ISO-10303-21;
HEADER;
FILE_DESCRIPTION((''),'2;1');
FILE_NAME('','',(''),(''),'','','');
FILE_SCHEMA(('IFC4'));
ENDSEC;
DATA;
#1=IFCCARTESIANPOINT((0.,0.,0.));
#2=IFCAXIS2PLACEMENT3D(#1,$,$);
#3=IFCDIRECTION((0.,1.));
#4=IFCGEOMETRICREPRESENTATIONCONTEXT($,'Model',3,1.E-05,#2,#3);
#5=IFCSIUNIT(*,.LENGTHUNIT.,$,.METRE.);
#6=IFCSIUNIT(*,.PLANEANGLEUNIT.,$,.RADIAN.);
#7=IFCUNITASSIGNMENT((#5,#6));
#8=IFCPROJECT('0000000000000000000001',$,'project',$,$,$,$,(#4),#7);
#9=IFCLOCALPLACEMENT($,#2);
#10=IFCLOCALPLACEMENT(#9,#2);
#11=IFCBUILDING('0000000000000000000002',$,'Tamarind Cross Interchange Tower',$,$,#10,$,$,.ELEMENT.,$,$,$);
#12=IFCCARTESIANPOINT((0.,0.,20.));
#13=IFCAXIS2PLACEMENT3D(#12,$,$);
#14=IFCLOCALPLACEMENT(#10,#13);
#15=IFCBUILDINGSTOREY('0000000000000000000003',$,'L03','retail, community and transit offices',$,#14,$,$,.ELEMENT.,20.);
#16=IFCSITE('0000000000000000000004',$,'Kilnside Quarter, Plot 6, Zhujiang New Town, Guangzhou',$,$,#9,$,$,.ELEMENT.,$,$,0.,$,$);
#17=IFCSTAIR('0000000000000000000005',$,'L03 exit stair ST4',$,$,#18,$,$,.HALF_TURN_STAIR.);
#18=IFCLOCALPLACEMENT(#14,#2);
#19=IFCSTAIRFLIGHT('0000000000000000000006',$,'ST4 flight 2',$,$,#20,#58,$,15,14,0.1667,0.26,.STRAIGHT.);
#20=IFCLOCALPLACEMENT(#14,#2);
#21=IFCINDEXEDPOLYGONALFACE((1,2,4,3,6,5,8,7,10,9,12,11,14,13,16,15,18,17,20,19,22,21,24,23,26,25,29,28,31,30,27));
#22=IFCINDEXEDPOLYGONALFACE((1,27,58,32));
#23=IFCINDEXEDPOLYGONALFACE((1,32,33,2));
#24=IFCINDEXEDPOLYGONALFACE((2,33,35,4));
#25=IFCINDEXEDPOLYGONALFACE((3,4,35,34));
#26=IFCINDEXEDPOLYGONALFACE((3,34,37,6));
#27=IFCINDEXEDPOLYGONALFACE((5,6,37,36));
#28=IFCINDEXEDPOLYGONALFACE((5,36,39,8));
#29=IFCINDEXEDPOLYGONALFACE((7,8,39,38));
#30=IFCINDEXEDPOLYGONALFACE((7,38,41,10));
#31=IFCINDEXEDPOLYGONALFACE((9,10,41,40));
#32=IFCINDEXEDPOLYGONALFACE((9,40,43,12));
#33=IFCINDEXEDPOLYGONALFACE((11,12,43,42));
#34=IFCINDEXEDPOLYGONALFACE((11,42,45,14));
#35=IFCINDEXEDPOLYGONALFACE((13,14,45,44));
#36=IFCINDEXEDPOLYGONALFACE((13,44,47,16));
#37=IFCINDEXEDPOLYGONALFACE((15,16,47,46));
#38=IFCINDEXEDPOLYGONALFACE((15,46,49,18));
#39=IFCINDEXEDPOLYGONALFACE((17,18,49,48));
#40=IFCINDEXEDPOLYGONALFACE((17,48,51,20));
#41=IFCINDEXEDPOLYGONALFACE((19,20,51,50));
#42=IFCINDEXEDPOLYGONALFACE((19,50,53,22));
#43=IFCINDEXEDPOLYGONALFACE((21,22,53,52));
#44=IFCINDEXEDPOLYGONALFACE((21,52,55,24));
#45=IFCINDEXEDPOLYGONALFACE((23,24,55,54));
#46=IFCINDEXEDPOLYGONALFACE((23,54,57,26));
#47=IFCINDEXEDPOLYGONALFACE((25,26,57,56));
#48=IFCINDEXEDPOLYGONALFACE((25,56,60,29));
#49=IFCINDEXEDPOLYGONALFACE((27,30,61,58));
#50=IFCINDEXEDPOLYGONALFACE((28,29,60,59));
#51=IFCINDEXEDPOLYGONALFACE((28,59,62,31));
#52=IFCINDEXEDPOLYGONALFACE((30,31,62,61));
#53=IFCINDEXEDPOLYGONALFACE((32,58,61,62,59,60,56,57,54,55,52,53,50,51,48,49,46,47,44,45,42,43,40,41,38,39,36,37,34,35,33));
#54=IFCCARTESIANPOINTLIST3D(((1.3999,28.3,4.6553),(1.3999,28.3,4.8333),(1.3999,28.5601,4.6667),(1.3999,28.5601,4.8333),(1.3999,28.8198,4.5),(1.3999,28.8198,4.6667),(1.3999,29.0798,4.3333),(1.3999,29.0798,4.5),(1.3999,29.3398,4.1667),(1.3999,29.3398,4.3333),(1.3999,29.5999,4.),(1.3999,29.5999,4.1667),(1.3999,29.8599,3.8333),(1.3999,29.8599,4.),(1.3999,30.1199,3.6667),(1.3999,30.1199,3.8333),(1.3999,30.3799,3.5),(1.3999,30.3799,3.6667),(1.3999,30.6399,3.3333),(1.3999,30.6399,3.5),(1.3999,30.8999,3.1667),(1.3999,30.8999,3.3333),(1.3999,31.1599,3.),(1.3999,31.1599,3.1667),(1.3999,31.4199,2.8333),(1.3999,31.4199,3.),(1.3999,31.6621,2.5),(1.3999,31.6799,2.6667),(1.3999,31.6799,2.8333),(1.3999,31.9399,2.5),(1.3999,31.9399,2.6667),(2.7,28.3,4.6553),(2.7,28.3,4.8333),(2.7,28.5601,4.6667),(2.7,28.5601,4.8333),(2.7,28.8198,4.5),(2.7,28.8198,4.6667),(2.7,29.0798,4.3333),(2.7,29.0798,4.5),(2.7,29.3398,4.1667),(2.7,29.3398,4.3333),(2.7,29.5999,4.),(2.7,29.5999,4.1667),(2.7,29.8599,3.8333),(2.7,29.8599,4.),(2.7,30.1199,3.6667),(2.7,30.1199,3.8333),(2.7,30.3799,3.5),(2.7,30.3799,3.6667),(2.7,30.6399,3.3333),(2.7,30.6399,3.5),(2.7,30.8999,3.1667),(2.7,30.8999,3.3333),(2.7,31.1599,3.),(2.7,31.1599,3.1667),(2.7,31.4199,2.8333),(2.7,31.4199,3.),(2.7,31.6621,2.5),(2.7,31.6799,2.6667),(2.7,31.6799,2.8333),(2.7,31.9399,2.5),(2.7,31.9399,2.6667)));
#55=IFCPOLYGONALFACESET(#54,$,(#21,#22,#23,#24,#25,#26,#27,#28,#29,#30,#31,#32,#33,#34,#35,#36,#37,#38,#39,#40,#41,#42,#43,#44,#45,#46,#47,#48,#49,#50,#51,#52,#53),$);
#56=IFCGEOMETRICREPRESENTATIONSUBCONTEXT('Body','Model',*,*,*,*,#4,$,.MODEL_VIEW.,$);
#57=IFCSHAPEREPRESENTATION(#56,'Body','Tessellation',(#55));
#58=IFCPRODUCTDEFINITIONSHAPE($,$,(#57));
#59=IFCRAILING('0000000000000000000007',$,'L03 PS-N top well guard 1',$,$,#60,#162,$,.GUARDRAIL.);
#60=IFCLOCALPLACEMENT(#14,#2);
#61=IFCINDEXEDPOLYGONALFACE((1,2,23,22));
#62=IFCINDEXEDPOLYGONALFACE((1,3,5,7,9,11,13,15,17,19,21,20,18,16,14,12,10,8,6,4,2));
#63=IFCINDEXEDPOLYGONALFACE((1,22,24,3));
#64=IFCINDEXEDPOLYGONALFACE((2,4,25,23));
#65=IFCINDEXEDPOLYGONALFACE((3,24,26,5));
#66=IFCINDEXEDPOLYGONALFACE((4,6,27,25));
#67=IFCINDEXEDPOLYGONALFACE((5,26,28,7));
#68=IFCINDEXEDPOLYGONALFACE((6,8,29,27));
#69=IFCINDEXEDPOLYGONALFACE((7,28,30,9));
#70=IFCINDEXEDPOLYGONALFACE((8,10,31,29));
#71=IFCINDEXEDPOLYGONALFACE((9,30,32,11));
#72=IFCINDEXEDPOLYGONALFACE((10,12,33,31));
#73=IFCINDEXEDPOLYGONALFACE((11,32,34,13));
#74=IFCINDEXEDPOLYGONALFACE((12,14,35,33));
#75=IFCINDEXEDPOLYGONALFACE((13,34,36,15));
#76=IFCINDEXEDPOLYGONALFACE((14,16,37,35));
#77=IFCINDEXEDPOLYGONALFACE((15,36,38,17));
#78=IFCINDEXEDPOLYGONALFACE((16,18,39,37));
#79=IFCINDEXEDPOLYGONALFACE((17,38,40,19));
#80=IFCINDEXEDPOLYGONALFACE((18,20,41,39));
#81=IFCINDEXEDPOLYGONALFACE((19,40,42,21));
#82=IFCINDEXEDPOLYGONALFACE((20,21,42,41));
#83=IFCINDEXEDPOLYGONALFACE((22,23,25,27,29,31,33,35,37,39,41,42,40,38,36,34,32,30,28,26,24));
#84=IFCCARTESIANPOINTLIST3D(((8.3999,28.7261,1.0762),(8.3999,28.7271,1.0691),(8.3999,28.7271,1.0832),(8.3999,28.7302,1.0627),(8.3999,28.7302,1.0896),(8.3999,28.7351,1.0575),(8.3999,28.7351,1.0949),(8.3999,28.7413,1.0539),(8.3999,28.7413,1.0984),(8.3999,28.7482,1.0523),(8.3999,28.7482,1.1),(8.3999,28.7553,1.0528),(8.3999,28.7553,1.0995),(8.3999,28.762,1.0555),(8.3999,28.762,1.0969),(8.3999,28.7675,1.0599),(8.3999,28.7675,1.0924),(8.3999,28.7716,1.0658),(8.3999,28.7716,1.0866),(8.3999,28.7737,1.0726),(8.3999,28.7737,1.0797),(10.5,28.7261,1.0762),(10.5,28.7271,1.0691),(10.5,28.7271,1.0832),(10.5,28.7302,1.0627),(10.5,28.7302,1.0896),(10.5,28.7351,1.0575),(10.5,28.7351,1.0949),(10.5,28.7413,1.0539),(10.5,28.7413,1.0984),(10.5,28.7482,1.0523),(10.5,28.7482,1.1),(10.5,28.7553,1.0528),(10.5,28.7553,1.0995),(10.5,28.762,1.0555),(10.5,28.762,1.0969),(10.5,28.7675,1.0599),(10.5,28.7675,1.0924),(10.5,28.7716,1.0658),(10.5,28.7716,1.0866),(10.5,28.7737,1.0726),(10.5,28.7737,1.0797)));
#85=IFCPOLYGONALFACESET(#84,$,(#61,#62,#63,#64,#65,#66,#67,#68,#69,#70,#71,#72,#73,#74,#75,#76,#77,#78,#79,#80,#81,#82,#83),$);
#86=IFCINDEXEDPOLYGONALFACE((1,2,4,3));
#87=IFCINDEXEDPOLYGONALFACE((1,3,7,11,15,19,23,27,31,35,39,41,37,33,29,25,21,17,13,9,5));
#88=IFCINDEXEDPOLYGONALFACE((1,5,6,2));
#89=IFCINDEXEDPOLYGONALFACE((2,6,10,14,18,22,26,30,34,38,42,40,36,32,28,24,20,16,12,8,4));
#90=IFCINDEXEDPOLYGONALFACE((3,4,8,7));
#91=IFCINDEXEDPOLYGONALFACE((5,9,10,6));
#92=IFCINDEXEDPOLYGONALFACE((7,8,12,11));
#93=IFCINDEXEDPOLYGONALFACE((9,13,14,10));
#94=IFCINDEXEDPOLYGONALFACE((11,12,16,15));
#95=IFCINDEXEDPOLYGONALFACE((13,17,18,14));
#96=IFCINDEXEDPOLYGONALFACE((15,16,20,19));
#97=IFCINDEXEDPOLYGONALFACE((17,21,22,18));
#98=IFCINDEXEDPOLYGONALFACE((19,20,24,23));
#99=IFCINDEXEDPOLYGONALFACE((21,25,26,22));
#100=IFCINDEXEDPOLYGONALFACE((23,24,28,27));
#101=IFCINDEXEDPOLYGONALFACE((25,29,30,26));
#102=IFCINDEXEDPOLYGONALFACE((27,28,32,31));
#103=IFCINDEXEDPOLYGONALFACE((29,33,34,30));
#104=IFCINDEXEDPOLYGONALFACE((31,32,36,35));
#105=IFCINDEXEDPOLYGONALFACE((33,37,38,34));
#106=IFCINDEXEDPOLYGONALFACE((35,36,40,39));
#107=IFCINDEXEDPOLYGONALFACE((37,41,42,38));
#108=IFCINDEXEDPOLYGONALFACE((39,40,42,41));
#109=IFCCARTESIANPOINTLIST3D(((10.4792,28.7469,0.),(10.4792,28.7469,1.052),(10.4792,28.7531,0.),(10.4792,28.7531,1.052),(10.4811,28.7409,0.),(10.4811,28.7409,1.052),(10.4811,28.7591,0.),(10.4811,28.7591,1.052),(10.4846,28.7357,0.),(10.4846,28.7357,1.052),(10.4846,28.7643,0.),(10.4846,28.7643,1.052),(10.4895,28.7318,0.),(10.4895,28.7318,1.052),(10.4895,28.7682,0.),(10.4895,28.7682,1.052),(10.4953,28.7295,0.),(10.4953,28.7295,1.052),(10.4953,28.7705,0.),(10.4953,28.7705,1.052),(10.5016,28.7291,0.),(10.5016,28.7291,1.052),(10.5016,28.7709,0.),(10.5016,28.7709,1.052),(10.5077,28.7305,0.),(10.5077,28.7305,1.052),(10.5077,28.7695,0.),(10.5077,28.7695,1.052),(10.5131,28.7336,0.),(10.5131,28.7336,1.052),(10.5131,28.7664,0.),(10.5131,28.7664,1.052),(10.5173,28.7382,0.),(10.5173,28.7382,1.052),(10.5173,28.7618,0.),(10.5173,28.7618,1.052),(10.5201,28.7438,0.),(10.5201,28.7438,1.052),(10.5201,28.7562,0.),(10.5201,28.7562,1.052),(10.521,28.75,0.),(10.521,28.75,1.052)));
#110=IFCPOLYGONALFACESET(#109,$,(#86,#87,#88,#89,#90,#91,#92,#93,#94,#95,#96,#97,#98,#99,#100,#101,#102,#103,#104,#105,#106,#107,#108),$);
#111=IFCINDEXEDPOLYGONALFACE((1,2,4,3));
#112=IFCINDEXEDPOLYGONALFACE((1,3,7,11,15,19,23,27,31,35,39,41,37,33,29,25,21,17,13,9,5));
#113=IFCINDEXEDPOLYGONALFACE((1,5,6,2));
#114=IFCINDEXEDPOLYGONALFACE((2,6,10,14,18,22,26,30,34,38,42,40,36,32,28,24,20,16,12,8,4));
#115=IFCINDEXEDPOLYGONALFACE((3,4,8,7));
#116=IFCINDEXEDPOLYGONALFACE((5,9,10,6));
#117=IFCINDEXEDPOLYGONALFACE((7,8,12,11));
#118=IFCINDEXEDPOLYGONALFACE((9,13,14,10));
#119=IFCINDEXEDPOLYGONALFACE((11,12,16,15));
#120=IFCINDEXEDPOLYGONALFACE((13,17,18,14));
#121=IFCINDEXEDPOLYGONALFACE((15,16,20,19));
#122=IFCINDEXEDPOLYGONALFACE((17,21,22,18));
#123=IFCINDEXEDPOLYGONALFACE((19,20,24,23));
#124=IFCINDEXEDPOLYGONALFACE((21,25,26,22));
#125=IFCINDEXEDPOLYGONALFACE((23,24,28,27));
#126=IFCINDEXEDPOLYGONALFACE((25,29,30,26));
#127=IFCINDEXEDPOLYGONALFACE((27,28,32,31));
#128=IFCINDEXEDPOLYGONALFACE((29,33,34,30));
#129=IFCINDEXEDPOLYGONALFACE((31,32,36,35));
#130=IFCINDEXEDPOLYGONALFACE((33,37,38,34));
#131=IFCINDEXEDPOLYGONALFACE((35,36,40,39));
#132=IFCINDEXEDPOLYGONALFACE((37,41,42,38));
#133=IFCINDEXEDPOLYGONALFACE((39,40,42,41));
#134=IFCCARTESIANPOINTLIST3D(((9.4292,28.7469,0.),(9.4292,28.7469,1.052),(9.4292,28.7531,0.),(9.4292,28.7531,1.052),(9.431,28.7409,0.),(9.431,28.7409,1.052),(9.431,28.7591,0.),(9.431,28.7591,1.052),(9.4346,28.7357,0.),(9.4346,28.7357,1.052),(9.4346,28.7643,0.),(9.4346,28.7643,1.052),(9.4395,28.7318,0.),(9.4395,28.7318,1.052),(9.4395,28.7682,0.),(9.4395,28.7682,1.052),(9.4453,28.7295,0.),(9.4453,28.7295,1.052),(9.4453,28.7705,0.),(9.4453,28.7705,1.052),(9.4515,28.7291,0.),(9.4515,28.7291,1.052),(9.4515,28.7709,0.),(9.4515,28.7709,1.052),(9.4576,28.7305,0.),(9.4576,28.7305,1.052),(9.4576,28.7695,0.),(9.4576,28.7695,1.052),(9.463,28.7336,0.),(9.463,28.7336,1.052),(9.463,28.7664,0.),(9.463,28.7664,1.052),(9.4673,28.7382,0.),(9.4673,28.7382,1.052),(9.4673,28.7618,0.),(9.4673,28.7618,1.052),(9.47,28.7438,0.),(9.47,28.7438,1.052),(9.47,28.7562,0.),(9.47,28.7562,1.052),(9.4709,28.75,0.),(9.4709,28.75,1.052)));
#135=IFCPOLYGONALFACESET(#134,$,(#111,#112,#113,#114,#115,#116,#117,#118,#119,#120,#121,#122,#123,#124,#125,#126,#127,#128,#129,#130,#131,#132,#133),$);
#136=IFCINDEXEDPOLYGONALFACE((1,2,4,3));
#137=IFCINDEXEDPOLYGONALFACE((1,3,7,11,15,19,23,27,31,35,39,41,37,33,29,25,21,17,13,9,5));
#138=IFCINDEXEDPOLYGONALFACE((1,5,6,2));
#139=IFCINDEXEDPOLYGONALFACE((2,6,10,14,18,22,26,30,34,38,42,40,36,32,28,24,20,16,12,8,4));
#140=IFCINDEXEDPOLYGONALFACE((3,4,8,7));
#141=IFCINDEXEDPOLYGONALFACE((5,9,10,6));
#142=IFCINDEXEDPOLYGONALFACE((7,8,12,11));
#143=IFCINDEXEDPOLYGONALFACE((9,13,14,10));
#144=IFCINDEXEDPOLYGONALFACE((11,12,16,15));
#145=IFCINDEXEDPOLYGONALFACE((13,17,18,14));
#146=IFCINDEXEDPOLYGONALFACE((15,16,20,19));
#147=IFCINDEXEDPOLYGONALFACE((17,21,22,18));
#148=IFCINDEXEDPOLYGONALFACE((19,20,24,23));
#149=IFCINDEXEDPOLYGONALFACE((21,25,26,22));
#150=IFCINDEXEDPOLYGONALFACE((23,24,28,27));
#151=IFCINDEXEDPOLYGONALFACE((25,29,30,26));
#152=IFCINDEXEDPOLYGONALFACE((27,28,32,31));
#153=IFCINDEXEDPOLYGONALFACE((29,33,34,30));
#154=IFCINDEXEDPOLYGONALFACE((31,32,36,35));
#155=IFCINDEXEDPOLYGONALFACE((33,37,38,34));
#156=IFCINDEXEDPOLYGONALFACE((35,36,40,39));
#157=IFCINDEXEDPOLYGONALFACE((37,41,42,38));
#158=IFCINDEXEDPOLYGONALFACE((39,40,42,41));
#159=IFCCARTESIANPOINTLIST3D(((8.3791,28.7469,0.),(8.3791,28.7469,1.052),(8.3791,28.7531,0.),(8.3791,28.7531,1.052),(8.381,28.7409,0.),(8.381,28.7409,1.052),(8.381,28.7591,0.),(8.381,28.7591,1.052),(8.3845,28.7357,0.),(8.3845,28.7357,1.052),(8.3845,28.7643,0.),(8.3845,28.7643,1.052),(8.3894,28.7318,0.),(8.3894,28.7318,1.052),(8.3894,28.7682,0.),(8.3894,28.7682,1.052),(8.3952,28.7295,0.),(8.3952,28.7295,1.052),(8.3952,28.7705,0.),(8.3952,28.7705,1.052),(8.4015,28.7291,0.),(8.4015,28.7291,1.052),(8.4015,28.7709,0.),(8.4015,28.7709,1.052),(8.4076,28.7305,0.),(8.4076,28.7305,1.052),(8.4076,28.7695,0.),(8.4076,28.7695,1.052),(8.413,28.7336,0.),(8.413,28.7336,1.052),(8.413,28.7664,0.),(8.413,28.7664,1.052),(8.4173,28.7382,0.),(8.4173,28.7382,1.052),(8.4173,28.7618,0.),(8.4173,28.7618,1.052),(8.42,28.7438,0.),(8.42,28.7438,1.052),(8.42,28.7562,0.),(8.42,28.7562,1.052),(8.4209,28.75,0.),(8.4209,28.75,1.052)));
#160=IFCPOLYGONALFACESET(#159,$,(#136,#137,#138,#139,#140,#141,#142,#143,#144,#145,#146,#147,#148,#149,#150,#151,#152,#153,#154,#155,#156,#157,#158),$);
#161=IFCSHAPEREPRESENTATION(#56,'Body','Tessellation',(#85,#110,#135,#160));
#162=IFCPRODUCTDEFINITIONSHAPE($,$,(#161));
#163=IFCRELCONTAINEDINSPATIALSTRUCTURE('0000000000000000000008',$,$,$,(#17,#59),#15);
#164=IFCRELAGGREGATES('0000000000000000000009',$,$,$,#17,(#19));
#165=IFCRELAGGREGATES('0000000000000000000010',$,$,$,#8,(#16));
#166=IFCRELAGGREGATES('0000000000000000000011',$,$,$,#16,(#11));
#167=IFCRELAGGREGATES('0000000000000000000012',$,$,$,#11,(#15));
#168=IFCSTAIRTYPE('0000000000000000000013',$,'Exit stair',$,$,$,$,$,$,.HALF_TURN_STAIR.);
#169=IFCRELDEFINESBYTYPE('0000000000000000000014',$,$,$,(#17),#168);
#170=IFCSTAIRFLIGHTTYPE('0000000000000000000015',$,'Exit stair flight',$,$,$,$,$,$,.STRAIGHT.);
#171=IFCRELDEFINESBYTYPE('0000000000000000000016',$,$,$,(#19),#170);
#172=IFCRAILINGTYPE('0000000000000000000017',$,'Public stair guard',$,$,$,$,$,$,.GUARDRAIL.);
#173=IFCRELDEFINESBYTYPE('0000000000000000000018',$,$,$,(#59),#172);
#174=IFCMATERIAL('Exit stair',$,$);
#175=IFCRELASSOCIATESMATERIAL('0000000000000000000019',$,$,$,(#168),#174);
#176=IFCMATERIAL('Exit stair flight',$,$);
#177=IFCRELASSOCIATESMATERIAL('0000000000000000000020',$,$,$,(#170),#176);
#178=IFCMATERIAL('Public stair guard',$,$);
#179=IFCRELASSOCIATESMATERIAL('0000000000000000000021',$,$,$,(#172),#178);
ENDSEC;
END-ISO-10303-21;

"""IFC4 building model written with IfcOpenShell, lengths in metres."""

from ifc_helpers import new_model, si_unit, direction, frame, origin, origin_2d, place, context, subcontext, project, spatial, polyline, circle, outline, extrude, material, type_object, element, aggregate, save


model = new_model("IFC4")

# Units and contexts
model_context = context("Model", 3, precision=1e-05, world=origin(), true_north=direction((0.0, 1.0)))
body_context = subcontext(model_context, "Body", "Model", "MODEL_VIEW")
ifc_project = project(units=[si_unit("LENGTHUNIT", "METRE"), si_unit("PLANEANGLEUNIT", "RADIAN")], contexts=[model_context])

# Site, building, storey
site_placement = place(None, origin())
site = spatial("IfcSite", under=ifc_project, at=site_placement, Name="Kilnside Quarter, Plot 6, Zhujiang New Town, Guangzhou", CompositionType="ELEMENT", RefElevation=0.0)
building_placement = place(site_placement, origin())
building = spatial("IfcBuilding", under=site, at=building_placement, Name="Tamarind Cross Interchange Tower", CompositionType="ELEMENT")
storey_placement = place(building_placement, frame((0.0, 0.0, 20.0)))
storey = spatial("IfcBuildingStorey", under=building, at=storey_placement, Name="L03", Description="retail, community and transit offices", CompositionType="ELEMENT", Elevation=20.0)

# Stair, stair flight
ifc_material_1 = material(Name="Exit stair")
stair_type = type_object("IfcStairType", Name="Exit stair", PredefinedType="HALF_TURN_STAIR", material=ifc_material_1)
stair_placement = place(storey_placement, origin())
stair = element("IfcStair", 1, at=stair_placement, inside=storey, type_object=stair_type, Name="L03 exit stair ST4", PredefinedType="HALF_TURN_STAIR")
ifc_material_2 = material(Name="Exit stair flight")
stair_flight_type = type_object("IfcStairFlightType", Name="Exit stair flight", PredefinedType="STRAIGHT", material=ifc_material_2)
stair_flight_placement = place(storey_placement, frame((2.05, 31.9399, 2.5), z_axis=(0.0, 0.0, 1.0), x_axis=(0.0, -1.0, 0.0)))
stair_flight = element("IfcStairFlight", 2, at=stair_flight_placement, type_object=stair_flight_type, Name="ST4 flight 2", NumberOfRisers=15, NumberOfTreads=14, PredefinedType="STRAIGHT", RiserHeight=0.1667, TreadLength=0.26, context=body_context, shape_type="SweptSolid", body=[
    extrude(outline(polyline([(0.0, 0.0), (0.0, 0.1667), (0.26, 0.1667), (0.26, 0.3333), (0.52, 0.3333), (0.52, 0.5), (0.78, 0.5), (0.78, 0.6667), (1.04, 0.6667), (1.04, 0.8333), (1.3, 0.8333), (1.3, 1.0), (1.5601, 1.0), (1.5601, 1.1667), (1.8201, 1.1667), (1.8201, 1.3333), (2.0801, 1.3333), (2.0801, 1.5), (2.3401, 1.5), (2.3401, 1.6667), (2.6001, 1.6667), (2.6001, 1.8333), (2.8601, 1.8333), (2.8601, 2.0), (3.1201, 2.0), (3.1201, 2.1667), (3.3799, 2.1667), (3.3799, 2.3333), (3.6399, 2.3333), (3.6399, 2.5), (3.6399, 2.1553), (0.2778, 0.0), (0.0, 0.0)])), frame((0.0, 0.6499, 0.0), z_axis=(0.0, -1.0, 0.0), x_axis=(1.0, 0.0, 0.0)), (0.0, 0.0, 1.0), 1.3),
])
aggregate(stair, [stair_flight])

# Railing
ifc_material_3 = material(Name="Public stair guard")
railing_type_1 = type_object("IfcRailingType", Name="Public stair guard", PredefinedType="GUARDRAIL", material=ifc_material_3)
railing_1_placement = place(storey_placement, frame((10.5, 28.75, 0.0)))
element("IfcRailing", 3, at=railing_1_placement, inside=storey, type_object=railing_type_1, Name="L03 PS-N top well guard 1", PredefinedType="GUARDRAIL", context=body_context, shape_type="SweptSolid", body=[
    extrude(circle(Radius=0.0239, at=origin_2d()), frame((0.0, 0.0, 1.0762), z_axis=(-1.0, 0.0, 0.0), x_axis=(0.0, -1.0, 0.0)), (0.0, 0.0, 1.0), 2.1001),
    extrude(circle(Radius=0.021, at=origin_2d()), origin(), (0.0, 0.0, 1.0), 1.052),
    extrude(circle(Radius=0.021, at=origin_2d()), frame((-1.05, 0.0, 0.0)), (0.0, 0.0, 1.0), 1.052),
    extrude(circle(Radius=0.021, at=origin_2d()), frame((-2.1001, 0.0, 0.0)), (0.0, 0.0, 1.0), 1.052),
])

save(model, "model.ifc")
